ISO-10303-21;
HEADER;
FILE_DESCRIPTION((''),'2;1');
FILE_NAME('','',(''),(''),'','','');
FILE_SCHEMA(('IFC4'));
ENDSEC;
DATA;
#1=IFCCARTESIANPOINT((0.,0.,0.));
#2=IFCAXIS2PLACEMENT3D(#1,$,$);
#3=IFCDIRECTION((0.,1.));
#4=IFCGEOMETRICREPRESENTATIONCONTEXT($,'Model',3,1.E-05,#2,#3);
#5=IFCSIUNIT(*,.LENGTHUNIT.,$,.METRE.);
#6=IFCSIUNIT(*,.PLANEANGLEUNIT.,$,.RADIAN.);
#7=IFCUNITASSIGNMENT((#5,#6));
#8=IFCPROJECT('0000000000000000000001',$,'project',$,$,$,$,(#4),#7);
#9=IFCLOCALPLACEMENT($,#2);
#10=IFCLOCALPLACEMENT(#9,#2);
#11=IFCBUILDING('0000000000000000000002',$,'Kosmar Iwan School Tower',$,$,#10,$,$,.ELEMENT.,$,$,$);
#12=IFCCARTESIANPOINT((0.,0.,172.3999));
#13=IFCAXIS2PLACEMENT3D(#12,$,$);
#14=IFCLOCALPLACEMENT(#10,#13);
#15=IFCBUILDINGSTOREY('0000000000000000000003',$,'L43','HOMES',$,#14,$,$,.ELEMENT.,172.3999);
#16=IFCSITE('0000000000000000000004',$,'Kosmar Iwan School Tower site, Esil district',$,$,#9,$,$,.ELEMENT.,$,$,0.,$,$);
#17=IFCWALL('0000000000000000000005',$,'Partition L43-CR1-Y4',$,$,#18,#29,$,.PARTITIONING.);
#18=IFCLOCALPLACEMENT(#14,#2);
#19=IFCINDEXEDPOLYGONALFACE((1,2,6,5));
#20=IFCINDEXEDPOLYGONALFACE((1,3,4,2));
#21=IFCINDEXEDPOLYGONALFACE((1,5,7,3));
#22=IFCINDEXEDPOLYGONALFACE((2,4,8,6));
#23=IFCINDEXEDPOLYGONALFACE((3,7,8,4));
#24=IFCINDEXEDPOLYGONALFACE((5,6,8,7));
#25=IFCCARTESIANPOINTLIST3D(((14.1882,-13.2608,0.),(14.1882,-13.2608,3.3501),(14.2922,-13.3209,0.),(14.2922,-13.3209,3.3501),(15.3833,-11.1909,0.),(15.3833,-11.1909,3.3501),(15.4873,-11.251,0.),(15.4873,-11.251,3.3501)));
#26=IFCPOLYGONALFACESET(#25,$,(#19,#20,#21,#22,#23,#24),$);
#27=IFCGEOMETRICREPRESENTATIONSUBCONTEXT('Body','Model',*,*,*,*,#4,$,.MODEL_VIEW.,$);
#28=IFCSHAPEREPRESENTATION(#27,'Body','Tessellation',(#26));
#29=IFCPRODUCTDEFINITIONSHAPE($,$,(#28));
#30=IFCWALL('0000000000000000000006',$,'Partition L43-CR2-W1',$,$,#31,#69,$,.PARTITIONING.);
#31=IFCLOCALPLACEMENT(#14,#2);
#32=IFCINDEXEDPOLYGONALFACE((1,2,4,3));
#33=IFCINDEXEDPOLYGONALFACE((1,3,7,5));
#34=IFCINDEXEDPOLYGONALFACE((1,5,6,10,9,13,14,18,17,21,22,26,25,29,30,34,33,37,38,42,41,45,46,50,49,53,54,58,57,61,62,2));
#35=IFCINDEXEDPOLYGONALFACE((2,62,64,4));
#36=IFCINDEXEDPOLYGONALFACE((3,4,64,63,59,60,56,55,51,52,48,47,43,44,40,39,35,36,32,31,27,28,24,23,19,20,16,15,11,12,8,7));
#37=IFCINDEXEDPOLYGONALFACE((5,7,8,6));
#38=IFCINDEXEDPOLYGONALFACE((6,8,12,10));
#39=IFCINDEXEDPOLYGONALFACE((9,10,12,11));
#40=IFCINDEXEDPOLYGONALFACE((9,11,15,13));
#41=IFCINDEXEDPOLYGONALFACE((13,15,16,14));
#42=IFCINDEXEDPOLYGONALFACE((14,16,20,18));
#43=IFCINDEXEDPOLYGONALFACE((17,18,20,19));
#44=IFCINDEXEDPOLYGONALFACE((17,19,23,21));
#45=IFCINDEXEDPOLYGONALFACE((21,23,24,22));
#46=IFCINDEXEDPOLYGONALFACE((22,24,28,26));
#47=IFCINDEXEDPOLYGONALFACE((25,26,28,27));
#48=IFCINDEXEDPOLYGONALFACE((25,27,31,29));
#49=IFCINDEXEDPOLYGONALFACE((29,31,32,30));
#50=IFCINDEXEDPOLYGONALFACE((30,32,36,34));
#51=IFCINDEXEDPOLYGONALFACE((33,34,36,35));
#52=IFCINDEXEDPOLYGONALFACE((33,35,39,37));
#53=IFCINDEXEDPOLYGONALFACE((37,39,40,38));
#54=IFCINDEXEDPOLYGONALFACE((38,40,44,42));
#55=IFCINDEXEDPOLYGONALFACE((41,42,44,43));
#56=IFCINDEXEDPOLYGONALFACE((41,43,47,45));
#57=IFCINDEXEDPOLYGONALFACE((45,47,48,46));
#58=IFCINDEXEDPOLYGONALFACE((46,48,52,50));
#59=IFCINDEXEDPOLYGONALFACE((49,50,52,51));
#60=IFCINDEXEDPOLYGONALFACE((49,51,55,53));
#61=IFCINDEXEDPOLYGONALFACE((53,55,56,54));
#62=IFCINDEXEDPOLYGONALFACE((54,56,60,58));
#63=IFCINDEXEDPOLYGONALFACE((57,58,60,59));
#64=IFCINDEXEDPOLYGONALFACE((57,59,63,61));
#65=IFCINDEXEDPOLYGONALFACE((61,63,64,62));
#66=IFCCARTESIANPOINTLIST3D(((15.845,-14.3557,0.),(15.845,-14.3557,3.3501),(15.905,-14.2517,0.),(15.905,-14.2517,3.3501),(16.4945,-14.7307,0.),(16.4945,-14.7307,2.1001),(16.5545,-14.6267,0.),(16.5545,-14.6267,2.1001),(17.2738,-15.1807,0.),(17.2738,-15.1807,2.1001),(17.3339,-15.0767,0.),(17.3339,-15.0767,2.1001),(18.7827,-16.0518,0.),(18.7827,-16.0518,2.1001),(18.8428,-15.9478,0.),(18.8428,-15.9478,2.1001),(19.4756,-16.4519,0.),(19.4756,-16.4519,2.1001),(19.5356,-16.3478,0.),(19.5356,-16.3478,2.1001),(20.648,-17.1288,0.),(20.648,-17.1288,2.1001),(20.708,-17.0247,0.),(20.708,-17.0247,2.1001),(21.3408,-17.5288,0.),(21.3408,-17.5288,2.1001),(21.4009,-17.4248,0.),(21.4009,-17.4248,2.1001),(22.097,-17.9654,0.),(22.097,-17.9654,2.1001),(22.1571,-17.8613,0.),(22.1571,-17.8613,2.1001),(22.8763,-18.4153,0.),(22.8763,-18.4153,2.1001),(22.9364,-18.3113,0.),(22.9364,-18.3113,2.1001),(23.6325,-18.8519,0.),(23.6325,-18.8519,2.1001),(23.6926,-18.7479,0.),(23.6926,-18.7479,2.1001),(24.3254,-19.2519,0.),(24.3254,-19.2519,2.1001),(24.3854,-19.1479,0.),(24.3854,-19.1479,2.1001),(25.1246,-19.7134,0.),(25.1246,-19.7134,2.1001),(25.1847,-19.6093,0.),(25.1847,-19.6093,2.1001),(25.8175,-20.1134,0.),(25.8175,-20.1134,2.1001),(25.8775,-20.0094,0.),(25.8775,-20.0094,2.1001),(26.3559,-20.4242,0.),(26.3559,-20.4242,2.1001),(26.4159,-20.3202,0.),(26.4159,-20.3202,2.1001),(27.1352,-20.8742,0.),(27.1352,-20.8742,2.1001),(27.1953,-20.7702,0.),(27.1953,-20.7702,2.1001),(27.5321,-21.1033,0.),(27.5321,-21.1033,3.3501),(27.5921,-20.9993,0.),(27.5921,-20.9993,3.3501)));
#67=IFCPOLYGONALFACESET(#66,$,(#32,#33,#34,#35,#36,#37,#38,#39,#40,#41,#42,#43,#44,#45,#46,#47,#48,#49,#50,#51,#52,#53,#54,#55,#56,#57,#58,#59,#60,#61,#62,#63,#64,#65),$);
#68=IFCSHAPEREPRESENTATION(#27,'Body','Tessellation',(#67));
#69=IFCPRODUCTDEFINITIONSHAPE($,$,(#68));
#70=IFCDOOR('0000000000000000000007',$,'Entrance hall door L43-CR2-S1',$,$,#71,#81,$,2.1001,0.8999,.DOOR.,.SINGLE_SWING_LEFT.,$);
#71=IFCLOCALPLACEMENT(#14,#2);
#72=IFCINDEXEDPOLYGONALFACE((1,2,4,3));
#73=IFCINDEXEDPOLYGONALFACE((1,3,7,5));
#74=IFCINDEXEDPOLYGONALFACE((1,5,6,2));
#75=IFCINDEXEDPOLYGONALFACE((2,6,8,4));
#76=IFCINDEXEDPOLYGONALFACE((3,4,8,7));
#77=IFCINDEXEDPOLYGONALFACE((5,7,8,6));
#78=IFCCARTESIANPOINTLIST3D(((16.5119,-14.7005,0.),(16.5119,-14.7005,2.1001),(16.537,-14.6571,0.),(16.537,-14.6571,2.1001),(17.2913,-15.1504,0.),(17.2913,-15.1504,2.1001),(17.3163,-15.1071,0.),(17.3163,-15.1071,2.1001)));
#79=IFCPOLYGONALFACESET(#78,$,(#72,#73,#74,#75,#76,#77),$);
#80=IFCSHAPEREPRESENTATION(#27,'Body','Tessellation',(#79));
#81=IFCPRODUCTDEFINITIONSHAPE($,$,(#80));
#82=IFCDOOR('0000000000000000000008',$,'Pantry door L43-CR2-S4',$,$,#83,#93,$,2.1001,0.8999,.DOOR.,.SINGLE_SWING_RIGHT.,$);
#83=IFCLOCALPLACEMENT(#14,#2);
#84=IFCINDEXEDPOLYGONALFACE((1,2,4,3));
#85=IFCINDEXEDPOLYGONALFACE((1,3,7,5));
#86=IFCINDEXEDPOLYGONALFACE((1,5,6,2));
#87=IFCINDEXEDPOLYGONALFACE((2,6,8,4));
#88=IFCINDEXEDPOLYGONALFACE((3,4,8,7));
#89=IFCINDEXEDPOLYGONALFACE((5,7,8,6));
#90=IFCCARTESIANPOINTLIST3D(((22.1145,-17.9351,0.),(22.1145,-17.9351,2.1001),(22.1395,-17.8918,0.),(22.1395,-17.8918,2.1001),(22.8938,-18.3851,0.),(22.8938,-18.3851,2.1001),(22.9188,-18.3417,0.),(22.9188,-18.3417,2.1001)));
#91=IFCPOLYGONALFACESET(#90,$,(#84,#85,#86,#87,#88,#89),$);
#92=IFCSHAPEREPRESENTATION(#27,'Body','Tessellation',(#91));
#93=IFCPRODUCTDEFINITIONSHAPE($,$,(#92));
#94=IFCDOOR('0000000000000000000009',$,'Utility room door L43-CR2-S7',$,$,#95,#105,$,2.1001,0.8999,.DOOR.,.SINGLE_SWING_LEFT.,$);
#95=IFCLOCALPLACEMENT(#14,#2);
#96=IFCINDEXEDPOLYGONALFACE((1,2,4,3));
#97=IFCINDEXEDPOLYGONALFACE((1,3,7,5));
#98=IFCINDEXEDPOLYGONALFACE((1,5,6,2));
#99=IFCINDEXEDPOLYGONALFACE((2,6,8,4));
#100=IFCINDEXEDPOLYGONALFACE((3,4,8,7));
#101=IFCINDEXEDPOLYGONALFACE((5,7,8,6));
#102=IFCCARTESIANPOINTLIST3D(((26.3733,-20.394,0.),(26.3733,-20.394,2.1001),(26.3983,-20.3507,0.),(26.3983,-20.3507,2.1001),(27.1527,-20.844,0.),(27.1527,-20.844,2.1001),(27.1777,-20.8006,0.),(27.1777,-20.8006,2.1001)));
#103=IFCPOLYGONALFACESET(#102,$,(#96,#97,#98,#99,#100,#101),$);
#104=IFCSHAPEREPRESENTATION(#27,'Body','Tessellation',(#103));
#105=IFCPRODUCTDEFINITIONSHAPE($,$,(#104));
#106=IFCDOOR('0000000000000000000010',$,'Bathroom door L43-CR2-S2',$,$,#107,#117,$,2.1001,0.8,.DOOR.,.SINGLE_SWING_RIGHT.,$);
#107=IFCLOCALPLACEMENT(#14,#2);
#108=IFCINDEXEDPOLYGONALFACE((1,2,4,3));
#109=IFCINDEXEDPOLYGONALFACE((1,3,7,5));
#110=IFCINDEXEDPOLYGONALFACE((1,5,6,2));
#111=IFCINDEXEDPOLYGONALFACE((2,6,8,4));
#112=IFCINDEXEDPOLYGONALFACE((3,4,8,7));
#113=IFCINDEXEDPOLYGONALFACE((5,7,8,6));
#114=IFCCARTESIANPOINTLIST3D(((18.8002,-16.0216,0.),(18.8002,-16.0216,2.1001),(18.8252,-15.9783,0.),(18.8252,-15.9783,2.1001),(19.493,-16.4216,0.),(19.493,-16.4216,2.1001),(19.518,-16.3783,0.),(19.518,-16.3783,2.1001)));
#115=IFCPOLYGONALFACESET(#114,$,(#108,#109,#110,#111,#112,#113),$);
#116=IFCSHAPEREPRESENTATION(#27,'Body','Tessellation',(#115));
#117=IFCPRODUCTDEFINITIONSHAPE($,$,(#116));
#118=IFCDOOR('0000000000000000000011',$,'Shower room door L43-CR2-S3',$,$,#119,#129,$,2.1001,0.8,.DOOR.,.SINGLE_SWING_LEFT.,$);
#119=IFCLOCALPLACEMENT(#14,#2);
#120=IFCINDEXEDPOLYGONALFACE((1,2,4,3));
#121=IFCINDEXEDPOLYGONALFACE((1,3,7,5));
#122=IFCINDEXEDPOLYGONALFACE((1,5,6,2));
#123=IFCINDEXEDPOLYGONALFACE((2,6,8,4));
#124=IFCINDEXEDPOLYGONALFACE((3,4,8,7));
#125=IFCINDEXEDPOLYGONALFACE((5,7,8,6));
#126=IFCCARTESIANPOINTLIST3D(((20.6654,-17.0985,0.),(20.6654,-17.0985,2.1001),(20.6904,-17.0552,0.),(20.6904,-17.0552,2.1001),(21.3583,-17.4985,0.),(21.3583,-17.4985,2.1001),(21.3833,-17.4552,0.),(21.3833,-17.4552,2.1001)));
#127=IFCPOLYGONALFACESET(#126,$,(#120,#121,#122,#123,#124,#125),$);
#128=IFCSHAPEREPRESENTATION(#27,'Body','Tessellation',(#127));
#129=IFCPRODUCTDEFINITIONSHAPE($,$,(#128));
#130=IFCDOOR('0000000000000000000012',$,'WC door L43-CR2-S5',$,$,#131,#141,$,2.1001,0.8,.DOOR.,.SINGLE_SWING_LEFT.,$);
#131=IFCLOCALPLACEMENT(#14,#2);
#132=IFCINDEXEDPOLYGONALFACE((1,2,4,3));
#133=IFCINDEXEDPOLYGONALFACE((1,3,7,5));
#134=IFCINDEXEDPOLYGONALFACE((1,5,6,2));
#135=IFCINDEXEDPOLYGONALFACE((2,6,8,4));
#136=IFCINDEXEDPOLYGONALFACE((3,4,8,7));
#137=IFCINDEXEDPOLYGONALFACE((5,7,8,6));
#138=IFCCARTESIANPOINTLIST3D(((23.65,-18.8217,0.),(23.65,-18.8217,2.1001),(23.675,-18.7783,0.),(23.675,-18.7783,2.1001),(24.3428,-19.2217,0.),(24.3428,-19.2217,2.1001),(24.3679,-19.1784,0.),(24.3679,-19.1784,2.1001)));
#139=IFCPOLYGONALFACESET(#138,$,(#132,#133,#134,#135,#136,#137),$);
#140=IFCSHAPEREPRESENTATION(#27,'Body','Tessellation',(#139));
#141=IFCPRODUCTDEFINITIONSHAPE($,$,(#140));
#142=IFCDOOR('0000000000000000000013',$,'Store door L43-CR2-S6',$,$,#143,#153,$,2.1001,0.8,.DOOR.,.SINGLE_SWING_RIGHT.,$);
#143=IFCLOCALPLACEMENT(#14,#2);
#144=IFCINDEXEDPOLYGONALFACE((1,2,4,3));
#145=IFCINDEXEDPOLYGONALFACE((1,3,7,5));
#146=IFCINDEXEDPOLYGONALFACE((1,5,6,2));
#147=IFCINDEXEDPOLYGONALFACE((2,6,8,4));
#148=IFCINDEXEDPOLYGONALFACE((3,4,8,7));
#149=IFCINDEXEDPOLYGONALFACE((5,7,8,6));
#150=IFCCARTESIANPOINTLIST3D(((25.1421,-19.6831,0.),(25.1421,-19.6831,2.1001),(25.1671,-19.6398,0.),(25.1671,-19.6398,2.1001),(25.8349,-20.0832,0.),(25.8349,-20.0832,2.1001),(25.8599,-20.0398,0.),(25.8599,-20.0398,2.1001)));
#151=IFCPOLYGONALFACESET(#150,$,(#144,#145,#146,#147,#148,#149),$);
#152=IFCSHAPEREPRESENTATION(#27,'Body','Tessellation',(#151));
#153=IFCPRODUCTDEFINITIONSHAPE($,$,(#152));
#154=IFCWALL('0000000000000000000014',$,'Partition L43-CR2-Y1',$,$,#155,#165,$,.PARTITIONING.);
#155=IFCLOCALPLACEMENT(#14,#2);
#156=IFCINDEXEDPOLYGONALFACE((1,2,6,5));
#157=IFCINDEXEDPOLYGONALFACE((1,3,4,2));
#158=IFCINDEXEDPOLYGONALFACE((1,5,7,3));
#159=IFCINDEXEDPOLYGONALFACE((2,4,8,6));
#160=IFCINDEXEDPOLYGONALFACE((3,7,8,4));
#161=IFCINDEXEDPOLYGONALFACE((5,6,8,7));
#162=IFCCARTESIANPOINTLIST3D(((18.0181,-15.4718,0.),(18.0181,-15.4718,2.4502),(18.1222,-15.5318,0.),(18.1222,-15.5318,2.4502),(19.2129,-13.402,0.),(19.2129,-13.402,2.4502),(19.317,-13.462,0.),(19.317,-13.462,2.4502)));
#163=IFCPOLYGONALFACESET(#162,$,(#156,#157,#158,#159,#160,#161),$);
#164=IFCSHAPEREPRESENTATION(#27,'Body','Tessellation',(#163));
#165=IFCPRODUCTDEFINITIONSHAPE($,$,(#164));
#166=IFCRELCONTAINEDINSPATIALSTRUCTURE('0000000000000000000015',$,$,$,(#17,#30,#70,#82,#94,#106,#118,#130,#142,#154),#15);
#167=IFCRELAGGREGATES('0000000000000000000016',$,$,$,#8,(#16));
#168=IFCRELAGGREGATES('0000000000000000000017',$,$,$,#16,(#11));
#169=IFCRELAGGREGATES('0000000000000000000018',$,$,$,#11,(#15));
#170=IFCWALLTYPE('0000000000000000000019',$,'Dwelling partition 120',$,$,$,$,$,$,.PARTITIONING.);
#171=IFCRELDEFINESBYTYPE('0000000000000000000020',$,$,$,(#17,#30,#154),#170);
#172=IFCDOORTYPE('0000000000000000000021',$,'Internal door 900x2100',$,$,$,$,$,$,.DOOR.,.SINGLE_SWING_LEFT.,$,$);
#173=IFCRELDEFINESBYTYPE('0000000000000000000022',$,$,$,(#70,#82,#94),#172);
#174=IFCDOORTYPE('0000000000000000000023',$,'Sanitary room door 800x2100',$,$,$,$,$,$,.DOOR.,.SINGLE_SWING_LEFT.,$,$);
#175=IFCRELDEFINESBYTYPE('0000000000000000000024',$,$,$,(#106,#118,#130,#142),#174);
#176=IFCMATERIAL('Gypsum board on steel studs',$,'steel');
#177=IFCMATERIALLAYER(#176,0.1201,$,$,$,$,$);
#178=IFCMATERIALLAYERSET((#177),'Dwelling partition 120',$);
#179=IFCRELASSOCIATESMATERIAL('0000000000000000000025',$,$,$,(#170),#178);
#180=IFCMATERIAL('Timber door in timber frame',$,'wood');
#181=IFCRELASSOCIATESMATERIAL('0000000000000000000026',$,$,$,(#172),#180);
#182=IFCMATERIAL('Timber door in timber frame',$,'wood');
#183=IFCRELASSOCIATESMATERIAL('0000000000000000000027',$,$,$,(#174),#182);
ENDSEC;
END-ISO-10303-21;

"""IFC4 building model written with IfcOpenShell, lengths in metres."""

from ifc_helpers import new_model, si_unit, direction, frame, frame_2d, origin, place, context, subcontext, project, spatial, rectangle, extrude, material, layer, layer_set, type_object, element, fill, save


model = new_model("IFC4")

# Units and contexts
model_context = context("Model", 3, precision=1e-05, world=origin(), true_north=direction((0.0, 1.0)))
body_context = subcontext(model_context, "Body", "Model", "MODEL_VIEW")
ifc_project = project(units=[si_unit("LENGTHUNIT", "METRE"), si_unit("PLANEANGLEUNIT", "RADIAN")], contexts=[model_context])

# Site, building, storey
site_placement = place(None, origin())
site = spatial("IfcSite", under=ifc_project, at=site_placement, Name="Kosmar Iwan School Tower site, Esil district", CompositionType="ELEMENT", RefElevation=0.0)
building_placement = place(site_placement, origin())
building = spatial("IfcBuilding", under=site, at=building_placement, Name="Kosmar Iwan School Tower", CompositionType="ELEMENT")
storey_placement = place(building_placement, frame((0.0, 0.0, 172.3999)))
storey = spatial("IfcBuildingStorey", under=building, at=storey_placement, Name="L43", Description="HOMES", CompositionType="ELEMENT", Elevation=172.3999)

# Shared definitions
ifc_material_1 = material(Name="Gypsum board on steel studs", Category="steel")
ifc_layer_1 = layer(ifc_material_1, 0.1201)
ifc_layer_set_1 = layer_set([ifc_layer_1], Name="Dwelling partition 120")
wall_type_1 = type_object("IfcWallType", Name="Dwelling partition 120", PredefinedType="PARTITIONING", material=ifc_layer_set_1)

# Shared definitions
ifc_material_2 = material(Name="Timber door in timber frame", Category="wood")
door_type_1 = type_object("IfcDoorType", Name="Internal door 900x2100", OperationType="SINGLE_SWING_LEFT", PredefinedType="DOOR", material=ifc_material_2)

# Wall
wall_1_placement = place(storey_placement, frame((15.4353, -11.2209, 0.0), z_axis=(0.0, 0.0, 1.0), x_axis=(-0.500017, -0.866015, 0.0)))
element("IfcWall", 1, at=wall_1_placement, inside=storey, type_object=wall_type_1, Name="Partition L43-CR1-Y4", PredefinedType="PARTITIONING", context=body_context, shape_type="SweptSolid", body=[
    extrude(rectangle(XDim=2.3901, YDim=0.1201, at=frame_2d((1.1951, 0.0))), origin(), (0.0, 0.0, 1.0), 3.3501),
])

# Wall, openings, doors
wall_2_placement = place(storey_placement, frame((15.875, -14.3037, 0.0), z_axis=(0.0, 0.0, 1.0), x_axis=(0.866024, -0.500003, 0.0)))
wall_2 = element("IfcWall", 2, at=wall_2_placement, inside=storey, type_object=wall_type_1, Name="Partition L43-CR2-W1", PredefinedType="PARTITIONING", context=body_context, shape_type="SweptSolid", body=[
    extrude(rectangle(XDim=13.4951, YDim=0.1201, at=frame_2d((6.7476, 0.0))), origin(), (0.0, 0.0, 1.0), 3.3501),
])
opening_1_placement = place(wall_2_placement, frame((0.75, 0.0, 0.0)))
opening_1 = element("IfcOpeningElement", 3, at=opening_1_placement, cuts=wall_2, PredefinedType="OPENING", context=body_context, shape_type="SweptSolid", body=[
    extrude(rectangle(XDim=0.8999, YDim=2.1001, at=frame_2d((0.45, 1.05))), frame((0.0, 0.072, 0.0), z_axis=(0.0, -1.0, 0.0), x_axis=(1.0, 0.0, 0.0)), (0.0, 0.0, 1.0), 0.144),
])
opening_2_placement = place(wall_2_placement, frame((3.3923, 0.0, 0.0)))
opening_2 = element("IfcOpeningElement", 4, at=opening_2_placement, cuts=wall_2, PredefinedType="OPENING", context=body_context, shape_type="SweptSolid", body=[
    extrude(rectangle(XDim=0.8, YDim=2.1001, at=frame_2d((0.3999, 1.05))), frame((0.0, 0.072, 0.0), z_axis=(0.0, -1.0, 0.0), x_axis=(1.0, 0.0, 0.0)), (0.0, 0.0, 1.0), 0.144),
])
opening_3_placement = place(wall_2_placement, frame((5.5461, 0.0, 0.0)))
opening_3 = element("IfcOpeningElement", 5, at=opening_3_placement, cuts=wall_2, PredefinedType="OPENING", context=body_context, shape_type="SweptSolid", body=[
    extrude(rectangle(XDim=0.8, YDim=2.1001, at=frame_2d((0.3999, 1.05))), frame((0.0, 0.072, 0.0), z_axis=(0.0, -1.0, 0.0), x_axis=(1.0, 0.0, 0.0)), (0.0, 0.0, 1.0), 0.144),
])
opening_4_placement = place(wall_2_placement, frame((7.2192, 0.0, 0.0)))
opening_4 = element("IfcOpeningElement", 6, at=opening_4_placement, cuts=wall_2, PredefinedType="OPENING", context=body_context, shape_type="SweptSolid", body=[
    extrude(rectangle(XDim=0.8999, YDim=2.1001, at=frame_2d((0.45, 1.05))), frame((0.0, 0.072, 0.0), z_axis=(0.0, -1.0, 0.0), x_axis=(1.0, 0.0, 0.0)), (0.0, 0.0, 1.0), 0.144),
])
opening_5_placement = place(wall_2_placement, frame((8.9924, 0.0, 0.0)))
opening_5 = element("IfcOpeningElement", 7, at=opening_5_placement, cuts=wall_2, PredefinedType="OPENING", context=body_context, shape_type="SweptSolid", body=[
    extrude(rectangle(XDim=0.8, YDim=2.1001, at=frame_2d((0.3999, 1.05))), frame((0.0, 0.072, 0.0), z_axis=(0.0, -1.0, 0.0), x_axis=(1.0, 0.0, 0.0)), (0.0, 0.0, 1.0), 0.144),
])
opening_6_placement = place(wall_2_placement, frame((10.7153, 0.0, 0.0)))
opening_6 = element("IfcOpeningElement", 8, at=opening_6_placement, cuts=wall_2, PredefinedType="OPENING", context=body_context, shape_type="SweptSolid", body=[
    extrude(rectangle(XDim=0.8, YDim=2.1001, at=frame_2d((0.3999, 1.05))), frame((0.0, 0.072, 0.0), z_axis=(0.0, -1.0, 0.0), x_axis=(1.0, 0.0, 0.0)), (0.0, 0.0, 1.0), 0.144),
])
opening_7_placement = place(wall_2_placement, frame((12.137, 0.0, 0.0)))
opening_7 = element("IfcOpeningElement", 9, at=opening_7_placement, cuts=wall_2, PredefinedType="OPENING", context=body_context, shape_type="SweptSolid", body=[
    extrude(rectangle(XDim=0.8999, YDim=2.1001, at=frame_2d((0.45, 1.05))), frame((0.0, 0.072, 0.0), z_axis=(0.0, -1.0, 0.0), x_axis=(1.0, 0.0, 0.0)), (0.0, 0.0, 1.0), 0.144),
])
door_1_placement = place(opening_1_placement, origin())
door_1 = element("IfcDoor", 10, at=door_1_placement, inside=storey, type_object=door_type_1, Name="Entrance hall door L43-CR2-S1", OperationType="SINGLE_SWING_LEFT", OverallHeight=2.1001, OverallWidth=0.8999, PredefinedType="DOOR", context=body_context, shape_type="SweptSolid", body=[
    extrude(rectangle(XDim=0.8999, YDim=2.1001, at=frame_2d((0.45, 1.05))), frame((0.0, 0.0249, 0.0), z_axis=(0.0, -1.0, 0.0), x_axis=(1.0, 0.0, 0.0)), (0.0, 0.0, 1.0), 0.05),
])
fill(opening_1, door_1)
door_2_placement = place(opening_4_placement, origin())
door_2 = element("IfcDoor", 11, at=door_2_placement, inside=storey, type_object=door_type_1, Name="Pantry door L43-CR2-S4", OperationType="SINGLE_SWING_RIGHT", OverallHeight=2.1001, OverallWidth=0.8999, PredefinedType="DOOR", context=body_context, shape_type="SweptSolid", body=[
    extrude(rectangle(XDim=0.8999, YDim=2.1001, at=frame_2d((0.45, 1.05))), frame((0.0, 0.0249, 0.0), z_axis=(0.0, -1.0, 0.0), x_axis=(1.0, 0.0, 0.0)), (0.0, 0.0, 1.0), 0.05),
])
fill(opening_4, door_2)
door_3_placement = place(opening_7_placement, origin())
door_3 = element("IfcDoor", 12, at=door_3_placement, inside=storey, type_object=door_type_1, Name="Utility room door L43-CR2-S7", OperationType="SINGLE_SWING_LEFT", OverallHeight=2.1001, OverallWidth=0.8999, PredefinedType="DOOR", context=body_context, shape_type="SweptSolid", body=[
    extrude(rectangle(XDim=0.8999, YDim=2.1001, at=frame_2d((0.45, 1.05))), frame((0.0, 0.0249, 0.0), z_axis=(0.0, -1.0, 0.0), x_axis=(1.0, 0.0, 0.0)), (0.0, 0.0, 1.0), 0.05),
])
fill(opening_7, door_3)
ifc_material_3 = material(Name="Timber door in timber frame", Category="wood")
door_type_2 = type_object("IfcDoorType", Name="Sanitary room door 800x2100", OperationType="SINGLE_SWING_LEFT", PredefinedType="DOOR", material=ifc_material_3)
door_4_placement = place(opening_2_placement, origin())
door_4 = element("IfcDoor", 13, at=door_4_placement, inside=storey, type_object=door_type_2, Name="Bathroom door L43-CR2-S2", OperationType="SINGLE_SWING_RIGHT", OverallHeight=2.1001, OverallWidth=0.8, PredefinedType="DOOR", context=body_context, shape_type="SweptSolid", body=[
    extrude(rectangle(XDim=0.8, YDim=2.1001, at=frame_2d((0.3999, 1.05))), frame((0.0, 0.0249, 0.0), z_axis=(0.0, -1.0, 0.0), x_axis=(1.0, 0.0, 0.0)), (0.0, 0.0, 1.0), 0.05),
])
fill(opening_2, door_4)
door_5_placement = place(opening_3_placement, origin())
door_5 = element("IfcDoor", 14, at=door_5_placement, inside=storey, type_object=door_type_2, Name="Shower room door L43-CR2-S3", OperationType="SINGLE_SWING_LEFT", OverallHeight=2.1001, OverallWidth=0.8, PredefinedType="DOOR", context=body_context, shape_type="SweptSolid", body=[
    extrude(rectangle(XDim=0.8, YDim=2.1001, at=frame_2d((0.3999, 1.05))), frame((0.0, 0.0249, 0.0), z_axis=(0.0, -1.0, 0.0), x_axis=(1.0, 0.0, 0.0)), (0.0, 0.0, 1.0), 0.05),
])
fill(opening_3, door_5)
door_6_placement = place(opening_5_placement, origin())
door_6 = element("IfcDoor", 15, at=door_6_placement, inside=storey, type_object=door_type_2, Name="WC door L43-CR2-S5", OperationType="SINGLE_SWING_LEFT", OverallHeight=2.1001, OverallWidth=0.8, PredefinedType="DOOR", context=body_context, shape_type="SweptSolid", body=[
    extrude(rectangle(XDim=0.8, YDim=2.1001, at=frame_2d((0.3999, 1.05))), frame((0.0, 0.0249, 0.0), z_axis=(0.0, -1.0, 0.0), x_axis=(1.0, 0.0, 0.0)), (0.0, 0.0, 1.0), 0.05),
])
fill(opening_5, door_6)
door_7_placement = place(opening_6_placement, origin())
door_7 = element("IfcDoor", 16, at=door_7_placement, inside=storey, type_object=door_type_2, Name="Store door L43-CR2-S6", OperationType="SINGLE_SWING_RIGHT", OverallHeight=2.1001, OverallWidth=0.8, PredefinedType="DOOR", context=body_context, shape_type="SweptSolid", body=[
    extrude(rectangle(XDim=0.8, YDim=2.1001, at=frame_2d((0.3999, 1.05))), frame((0.0, 0.0249, 0.0), z_axis=(0.0, -1.0, 0.0), x_axis=(1.0, 0.0, 0.0)), (0.0, 0.0, 1.0), 0.05),
])
fill(opening_6, door_7)

# Wall
wall_3_placement = place(storey_placement, frame((19.2649, -13.4321, 0.0), z_axis=(0.0, 0.0, 1.0), x_axis=(-0.499941, -0.86606, 0.0)))
element("IfcWall", 17, at=wall_3_placement, inside=storey, type_object=wall_type_1, Name="Partition L43-CR2-Y1", PredefinedType="PARTITIONING", context=body_context, shape_type="SweptSolid", body=[
    extrude(rectangle(XDim=2.3899, YDim=0.1201, at=frame_2d((1.1948, 0.0))), origin(), (0.0, 0.0, 1.0), 2.4502),
])

save(model, "model.ifc")
